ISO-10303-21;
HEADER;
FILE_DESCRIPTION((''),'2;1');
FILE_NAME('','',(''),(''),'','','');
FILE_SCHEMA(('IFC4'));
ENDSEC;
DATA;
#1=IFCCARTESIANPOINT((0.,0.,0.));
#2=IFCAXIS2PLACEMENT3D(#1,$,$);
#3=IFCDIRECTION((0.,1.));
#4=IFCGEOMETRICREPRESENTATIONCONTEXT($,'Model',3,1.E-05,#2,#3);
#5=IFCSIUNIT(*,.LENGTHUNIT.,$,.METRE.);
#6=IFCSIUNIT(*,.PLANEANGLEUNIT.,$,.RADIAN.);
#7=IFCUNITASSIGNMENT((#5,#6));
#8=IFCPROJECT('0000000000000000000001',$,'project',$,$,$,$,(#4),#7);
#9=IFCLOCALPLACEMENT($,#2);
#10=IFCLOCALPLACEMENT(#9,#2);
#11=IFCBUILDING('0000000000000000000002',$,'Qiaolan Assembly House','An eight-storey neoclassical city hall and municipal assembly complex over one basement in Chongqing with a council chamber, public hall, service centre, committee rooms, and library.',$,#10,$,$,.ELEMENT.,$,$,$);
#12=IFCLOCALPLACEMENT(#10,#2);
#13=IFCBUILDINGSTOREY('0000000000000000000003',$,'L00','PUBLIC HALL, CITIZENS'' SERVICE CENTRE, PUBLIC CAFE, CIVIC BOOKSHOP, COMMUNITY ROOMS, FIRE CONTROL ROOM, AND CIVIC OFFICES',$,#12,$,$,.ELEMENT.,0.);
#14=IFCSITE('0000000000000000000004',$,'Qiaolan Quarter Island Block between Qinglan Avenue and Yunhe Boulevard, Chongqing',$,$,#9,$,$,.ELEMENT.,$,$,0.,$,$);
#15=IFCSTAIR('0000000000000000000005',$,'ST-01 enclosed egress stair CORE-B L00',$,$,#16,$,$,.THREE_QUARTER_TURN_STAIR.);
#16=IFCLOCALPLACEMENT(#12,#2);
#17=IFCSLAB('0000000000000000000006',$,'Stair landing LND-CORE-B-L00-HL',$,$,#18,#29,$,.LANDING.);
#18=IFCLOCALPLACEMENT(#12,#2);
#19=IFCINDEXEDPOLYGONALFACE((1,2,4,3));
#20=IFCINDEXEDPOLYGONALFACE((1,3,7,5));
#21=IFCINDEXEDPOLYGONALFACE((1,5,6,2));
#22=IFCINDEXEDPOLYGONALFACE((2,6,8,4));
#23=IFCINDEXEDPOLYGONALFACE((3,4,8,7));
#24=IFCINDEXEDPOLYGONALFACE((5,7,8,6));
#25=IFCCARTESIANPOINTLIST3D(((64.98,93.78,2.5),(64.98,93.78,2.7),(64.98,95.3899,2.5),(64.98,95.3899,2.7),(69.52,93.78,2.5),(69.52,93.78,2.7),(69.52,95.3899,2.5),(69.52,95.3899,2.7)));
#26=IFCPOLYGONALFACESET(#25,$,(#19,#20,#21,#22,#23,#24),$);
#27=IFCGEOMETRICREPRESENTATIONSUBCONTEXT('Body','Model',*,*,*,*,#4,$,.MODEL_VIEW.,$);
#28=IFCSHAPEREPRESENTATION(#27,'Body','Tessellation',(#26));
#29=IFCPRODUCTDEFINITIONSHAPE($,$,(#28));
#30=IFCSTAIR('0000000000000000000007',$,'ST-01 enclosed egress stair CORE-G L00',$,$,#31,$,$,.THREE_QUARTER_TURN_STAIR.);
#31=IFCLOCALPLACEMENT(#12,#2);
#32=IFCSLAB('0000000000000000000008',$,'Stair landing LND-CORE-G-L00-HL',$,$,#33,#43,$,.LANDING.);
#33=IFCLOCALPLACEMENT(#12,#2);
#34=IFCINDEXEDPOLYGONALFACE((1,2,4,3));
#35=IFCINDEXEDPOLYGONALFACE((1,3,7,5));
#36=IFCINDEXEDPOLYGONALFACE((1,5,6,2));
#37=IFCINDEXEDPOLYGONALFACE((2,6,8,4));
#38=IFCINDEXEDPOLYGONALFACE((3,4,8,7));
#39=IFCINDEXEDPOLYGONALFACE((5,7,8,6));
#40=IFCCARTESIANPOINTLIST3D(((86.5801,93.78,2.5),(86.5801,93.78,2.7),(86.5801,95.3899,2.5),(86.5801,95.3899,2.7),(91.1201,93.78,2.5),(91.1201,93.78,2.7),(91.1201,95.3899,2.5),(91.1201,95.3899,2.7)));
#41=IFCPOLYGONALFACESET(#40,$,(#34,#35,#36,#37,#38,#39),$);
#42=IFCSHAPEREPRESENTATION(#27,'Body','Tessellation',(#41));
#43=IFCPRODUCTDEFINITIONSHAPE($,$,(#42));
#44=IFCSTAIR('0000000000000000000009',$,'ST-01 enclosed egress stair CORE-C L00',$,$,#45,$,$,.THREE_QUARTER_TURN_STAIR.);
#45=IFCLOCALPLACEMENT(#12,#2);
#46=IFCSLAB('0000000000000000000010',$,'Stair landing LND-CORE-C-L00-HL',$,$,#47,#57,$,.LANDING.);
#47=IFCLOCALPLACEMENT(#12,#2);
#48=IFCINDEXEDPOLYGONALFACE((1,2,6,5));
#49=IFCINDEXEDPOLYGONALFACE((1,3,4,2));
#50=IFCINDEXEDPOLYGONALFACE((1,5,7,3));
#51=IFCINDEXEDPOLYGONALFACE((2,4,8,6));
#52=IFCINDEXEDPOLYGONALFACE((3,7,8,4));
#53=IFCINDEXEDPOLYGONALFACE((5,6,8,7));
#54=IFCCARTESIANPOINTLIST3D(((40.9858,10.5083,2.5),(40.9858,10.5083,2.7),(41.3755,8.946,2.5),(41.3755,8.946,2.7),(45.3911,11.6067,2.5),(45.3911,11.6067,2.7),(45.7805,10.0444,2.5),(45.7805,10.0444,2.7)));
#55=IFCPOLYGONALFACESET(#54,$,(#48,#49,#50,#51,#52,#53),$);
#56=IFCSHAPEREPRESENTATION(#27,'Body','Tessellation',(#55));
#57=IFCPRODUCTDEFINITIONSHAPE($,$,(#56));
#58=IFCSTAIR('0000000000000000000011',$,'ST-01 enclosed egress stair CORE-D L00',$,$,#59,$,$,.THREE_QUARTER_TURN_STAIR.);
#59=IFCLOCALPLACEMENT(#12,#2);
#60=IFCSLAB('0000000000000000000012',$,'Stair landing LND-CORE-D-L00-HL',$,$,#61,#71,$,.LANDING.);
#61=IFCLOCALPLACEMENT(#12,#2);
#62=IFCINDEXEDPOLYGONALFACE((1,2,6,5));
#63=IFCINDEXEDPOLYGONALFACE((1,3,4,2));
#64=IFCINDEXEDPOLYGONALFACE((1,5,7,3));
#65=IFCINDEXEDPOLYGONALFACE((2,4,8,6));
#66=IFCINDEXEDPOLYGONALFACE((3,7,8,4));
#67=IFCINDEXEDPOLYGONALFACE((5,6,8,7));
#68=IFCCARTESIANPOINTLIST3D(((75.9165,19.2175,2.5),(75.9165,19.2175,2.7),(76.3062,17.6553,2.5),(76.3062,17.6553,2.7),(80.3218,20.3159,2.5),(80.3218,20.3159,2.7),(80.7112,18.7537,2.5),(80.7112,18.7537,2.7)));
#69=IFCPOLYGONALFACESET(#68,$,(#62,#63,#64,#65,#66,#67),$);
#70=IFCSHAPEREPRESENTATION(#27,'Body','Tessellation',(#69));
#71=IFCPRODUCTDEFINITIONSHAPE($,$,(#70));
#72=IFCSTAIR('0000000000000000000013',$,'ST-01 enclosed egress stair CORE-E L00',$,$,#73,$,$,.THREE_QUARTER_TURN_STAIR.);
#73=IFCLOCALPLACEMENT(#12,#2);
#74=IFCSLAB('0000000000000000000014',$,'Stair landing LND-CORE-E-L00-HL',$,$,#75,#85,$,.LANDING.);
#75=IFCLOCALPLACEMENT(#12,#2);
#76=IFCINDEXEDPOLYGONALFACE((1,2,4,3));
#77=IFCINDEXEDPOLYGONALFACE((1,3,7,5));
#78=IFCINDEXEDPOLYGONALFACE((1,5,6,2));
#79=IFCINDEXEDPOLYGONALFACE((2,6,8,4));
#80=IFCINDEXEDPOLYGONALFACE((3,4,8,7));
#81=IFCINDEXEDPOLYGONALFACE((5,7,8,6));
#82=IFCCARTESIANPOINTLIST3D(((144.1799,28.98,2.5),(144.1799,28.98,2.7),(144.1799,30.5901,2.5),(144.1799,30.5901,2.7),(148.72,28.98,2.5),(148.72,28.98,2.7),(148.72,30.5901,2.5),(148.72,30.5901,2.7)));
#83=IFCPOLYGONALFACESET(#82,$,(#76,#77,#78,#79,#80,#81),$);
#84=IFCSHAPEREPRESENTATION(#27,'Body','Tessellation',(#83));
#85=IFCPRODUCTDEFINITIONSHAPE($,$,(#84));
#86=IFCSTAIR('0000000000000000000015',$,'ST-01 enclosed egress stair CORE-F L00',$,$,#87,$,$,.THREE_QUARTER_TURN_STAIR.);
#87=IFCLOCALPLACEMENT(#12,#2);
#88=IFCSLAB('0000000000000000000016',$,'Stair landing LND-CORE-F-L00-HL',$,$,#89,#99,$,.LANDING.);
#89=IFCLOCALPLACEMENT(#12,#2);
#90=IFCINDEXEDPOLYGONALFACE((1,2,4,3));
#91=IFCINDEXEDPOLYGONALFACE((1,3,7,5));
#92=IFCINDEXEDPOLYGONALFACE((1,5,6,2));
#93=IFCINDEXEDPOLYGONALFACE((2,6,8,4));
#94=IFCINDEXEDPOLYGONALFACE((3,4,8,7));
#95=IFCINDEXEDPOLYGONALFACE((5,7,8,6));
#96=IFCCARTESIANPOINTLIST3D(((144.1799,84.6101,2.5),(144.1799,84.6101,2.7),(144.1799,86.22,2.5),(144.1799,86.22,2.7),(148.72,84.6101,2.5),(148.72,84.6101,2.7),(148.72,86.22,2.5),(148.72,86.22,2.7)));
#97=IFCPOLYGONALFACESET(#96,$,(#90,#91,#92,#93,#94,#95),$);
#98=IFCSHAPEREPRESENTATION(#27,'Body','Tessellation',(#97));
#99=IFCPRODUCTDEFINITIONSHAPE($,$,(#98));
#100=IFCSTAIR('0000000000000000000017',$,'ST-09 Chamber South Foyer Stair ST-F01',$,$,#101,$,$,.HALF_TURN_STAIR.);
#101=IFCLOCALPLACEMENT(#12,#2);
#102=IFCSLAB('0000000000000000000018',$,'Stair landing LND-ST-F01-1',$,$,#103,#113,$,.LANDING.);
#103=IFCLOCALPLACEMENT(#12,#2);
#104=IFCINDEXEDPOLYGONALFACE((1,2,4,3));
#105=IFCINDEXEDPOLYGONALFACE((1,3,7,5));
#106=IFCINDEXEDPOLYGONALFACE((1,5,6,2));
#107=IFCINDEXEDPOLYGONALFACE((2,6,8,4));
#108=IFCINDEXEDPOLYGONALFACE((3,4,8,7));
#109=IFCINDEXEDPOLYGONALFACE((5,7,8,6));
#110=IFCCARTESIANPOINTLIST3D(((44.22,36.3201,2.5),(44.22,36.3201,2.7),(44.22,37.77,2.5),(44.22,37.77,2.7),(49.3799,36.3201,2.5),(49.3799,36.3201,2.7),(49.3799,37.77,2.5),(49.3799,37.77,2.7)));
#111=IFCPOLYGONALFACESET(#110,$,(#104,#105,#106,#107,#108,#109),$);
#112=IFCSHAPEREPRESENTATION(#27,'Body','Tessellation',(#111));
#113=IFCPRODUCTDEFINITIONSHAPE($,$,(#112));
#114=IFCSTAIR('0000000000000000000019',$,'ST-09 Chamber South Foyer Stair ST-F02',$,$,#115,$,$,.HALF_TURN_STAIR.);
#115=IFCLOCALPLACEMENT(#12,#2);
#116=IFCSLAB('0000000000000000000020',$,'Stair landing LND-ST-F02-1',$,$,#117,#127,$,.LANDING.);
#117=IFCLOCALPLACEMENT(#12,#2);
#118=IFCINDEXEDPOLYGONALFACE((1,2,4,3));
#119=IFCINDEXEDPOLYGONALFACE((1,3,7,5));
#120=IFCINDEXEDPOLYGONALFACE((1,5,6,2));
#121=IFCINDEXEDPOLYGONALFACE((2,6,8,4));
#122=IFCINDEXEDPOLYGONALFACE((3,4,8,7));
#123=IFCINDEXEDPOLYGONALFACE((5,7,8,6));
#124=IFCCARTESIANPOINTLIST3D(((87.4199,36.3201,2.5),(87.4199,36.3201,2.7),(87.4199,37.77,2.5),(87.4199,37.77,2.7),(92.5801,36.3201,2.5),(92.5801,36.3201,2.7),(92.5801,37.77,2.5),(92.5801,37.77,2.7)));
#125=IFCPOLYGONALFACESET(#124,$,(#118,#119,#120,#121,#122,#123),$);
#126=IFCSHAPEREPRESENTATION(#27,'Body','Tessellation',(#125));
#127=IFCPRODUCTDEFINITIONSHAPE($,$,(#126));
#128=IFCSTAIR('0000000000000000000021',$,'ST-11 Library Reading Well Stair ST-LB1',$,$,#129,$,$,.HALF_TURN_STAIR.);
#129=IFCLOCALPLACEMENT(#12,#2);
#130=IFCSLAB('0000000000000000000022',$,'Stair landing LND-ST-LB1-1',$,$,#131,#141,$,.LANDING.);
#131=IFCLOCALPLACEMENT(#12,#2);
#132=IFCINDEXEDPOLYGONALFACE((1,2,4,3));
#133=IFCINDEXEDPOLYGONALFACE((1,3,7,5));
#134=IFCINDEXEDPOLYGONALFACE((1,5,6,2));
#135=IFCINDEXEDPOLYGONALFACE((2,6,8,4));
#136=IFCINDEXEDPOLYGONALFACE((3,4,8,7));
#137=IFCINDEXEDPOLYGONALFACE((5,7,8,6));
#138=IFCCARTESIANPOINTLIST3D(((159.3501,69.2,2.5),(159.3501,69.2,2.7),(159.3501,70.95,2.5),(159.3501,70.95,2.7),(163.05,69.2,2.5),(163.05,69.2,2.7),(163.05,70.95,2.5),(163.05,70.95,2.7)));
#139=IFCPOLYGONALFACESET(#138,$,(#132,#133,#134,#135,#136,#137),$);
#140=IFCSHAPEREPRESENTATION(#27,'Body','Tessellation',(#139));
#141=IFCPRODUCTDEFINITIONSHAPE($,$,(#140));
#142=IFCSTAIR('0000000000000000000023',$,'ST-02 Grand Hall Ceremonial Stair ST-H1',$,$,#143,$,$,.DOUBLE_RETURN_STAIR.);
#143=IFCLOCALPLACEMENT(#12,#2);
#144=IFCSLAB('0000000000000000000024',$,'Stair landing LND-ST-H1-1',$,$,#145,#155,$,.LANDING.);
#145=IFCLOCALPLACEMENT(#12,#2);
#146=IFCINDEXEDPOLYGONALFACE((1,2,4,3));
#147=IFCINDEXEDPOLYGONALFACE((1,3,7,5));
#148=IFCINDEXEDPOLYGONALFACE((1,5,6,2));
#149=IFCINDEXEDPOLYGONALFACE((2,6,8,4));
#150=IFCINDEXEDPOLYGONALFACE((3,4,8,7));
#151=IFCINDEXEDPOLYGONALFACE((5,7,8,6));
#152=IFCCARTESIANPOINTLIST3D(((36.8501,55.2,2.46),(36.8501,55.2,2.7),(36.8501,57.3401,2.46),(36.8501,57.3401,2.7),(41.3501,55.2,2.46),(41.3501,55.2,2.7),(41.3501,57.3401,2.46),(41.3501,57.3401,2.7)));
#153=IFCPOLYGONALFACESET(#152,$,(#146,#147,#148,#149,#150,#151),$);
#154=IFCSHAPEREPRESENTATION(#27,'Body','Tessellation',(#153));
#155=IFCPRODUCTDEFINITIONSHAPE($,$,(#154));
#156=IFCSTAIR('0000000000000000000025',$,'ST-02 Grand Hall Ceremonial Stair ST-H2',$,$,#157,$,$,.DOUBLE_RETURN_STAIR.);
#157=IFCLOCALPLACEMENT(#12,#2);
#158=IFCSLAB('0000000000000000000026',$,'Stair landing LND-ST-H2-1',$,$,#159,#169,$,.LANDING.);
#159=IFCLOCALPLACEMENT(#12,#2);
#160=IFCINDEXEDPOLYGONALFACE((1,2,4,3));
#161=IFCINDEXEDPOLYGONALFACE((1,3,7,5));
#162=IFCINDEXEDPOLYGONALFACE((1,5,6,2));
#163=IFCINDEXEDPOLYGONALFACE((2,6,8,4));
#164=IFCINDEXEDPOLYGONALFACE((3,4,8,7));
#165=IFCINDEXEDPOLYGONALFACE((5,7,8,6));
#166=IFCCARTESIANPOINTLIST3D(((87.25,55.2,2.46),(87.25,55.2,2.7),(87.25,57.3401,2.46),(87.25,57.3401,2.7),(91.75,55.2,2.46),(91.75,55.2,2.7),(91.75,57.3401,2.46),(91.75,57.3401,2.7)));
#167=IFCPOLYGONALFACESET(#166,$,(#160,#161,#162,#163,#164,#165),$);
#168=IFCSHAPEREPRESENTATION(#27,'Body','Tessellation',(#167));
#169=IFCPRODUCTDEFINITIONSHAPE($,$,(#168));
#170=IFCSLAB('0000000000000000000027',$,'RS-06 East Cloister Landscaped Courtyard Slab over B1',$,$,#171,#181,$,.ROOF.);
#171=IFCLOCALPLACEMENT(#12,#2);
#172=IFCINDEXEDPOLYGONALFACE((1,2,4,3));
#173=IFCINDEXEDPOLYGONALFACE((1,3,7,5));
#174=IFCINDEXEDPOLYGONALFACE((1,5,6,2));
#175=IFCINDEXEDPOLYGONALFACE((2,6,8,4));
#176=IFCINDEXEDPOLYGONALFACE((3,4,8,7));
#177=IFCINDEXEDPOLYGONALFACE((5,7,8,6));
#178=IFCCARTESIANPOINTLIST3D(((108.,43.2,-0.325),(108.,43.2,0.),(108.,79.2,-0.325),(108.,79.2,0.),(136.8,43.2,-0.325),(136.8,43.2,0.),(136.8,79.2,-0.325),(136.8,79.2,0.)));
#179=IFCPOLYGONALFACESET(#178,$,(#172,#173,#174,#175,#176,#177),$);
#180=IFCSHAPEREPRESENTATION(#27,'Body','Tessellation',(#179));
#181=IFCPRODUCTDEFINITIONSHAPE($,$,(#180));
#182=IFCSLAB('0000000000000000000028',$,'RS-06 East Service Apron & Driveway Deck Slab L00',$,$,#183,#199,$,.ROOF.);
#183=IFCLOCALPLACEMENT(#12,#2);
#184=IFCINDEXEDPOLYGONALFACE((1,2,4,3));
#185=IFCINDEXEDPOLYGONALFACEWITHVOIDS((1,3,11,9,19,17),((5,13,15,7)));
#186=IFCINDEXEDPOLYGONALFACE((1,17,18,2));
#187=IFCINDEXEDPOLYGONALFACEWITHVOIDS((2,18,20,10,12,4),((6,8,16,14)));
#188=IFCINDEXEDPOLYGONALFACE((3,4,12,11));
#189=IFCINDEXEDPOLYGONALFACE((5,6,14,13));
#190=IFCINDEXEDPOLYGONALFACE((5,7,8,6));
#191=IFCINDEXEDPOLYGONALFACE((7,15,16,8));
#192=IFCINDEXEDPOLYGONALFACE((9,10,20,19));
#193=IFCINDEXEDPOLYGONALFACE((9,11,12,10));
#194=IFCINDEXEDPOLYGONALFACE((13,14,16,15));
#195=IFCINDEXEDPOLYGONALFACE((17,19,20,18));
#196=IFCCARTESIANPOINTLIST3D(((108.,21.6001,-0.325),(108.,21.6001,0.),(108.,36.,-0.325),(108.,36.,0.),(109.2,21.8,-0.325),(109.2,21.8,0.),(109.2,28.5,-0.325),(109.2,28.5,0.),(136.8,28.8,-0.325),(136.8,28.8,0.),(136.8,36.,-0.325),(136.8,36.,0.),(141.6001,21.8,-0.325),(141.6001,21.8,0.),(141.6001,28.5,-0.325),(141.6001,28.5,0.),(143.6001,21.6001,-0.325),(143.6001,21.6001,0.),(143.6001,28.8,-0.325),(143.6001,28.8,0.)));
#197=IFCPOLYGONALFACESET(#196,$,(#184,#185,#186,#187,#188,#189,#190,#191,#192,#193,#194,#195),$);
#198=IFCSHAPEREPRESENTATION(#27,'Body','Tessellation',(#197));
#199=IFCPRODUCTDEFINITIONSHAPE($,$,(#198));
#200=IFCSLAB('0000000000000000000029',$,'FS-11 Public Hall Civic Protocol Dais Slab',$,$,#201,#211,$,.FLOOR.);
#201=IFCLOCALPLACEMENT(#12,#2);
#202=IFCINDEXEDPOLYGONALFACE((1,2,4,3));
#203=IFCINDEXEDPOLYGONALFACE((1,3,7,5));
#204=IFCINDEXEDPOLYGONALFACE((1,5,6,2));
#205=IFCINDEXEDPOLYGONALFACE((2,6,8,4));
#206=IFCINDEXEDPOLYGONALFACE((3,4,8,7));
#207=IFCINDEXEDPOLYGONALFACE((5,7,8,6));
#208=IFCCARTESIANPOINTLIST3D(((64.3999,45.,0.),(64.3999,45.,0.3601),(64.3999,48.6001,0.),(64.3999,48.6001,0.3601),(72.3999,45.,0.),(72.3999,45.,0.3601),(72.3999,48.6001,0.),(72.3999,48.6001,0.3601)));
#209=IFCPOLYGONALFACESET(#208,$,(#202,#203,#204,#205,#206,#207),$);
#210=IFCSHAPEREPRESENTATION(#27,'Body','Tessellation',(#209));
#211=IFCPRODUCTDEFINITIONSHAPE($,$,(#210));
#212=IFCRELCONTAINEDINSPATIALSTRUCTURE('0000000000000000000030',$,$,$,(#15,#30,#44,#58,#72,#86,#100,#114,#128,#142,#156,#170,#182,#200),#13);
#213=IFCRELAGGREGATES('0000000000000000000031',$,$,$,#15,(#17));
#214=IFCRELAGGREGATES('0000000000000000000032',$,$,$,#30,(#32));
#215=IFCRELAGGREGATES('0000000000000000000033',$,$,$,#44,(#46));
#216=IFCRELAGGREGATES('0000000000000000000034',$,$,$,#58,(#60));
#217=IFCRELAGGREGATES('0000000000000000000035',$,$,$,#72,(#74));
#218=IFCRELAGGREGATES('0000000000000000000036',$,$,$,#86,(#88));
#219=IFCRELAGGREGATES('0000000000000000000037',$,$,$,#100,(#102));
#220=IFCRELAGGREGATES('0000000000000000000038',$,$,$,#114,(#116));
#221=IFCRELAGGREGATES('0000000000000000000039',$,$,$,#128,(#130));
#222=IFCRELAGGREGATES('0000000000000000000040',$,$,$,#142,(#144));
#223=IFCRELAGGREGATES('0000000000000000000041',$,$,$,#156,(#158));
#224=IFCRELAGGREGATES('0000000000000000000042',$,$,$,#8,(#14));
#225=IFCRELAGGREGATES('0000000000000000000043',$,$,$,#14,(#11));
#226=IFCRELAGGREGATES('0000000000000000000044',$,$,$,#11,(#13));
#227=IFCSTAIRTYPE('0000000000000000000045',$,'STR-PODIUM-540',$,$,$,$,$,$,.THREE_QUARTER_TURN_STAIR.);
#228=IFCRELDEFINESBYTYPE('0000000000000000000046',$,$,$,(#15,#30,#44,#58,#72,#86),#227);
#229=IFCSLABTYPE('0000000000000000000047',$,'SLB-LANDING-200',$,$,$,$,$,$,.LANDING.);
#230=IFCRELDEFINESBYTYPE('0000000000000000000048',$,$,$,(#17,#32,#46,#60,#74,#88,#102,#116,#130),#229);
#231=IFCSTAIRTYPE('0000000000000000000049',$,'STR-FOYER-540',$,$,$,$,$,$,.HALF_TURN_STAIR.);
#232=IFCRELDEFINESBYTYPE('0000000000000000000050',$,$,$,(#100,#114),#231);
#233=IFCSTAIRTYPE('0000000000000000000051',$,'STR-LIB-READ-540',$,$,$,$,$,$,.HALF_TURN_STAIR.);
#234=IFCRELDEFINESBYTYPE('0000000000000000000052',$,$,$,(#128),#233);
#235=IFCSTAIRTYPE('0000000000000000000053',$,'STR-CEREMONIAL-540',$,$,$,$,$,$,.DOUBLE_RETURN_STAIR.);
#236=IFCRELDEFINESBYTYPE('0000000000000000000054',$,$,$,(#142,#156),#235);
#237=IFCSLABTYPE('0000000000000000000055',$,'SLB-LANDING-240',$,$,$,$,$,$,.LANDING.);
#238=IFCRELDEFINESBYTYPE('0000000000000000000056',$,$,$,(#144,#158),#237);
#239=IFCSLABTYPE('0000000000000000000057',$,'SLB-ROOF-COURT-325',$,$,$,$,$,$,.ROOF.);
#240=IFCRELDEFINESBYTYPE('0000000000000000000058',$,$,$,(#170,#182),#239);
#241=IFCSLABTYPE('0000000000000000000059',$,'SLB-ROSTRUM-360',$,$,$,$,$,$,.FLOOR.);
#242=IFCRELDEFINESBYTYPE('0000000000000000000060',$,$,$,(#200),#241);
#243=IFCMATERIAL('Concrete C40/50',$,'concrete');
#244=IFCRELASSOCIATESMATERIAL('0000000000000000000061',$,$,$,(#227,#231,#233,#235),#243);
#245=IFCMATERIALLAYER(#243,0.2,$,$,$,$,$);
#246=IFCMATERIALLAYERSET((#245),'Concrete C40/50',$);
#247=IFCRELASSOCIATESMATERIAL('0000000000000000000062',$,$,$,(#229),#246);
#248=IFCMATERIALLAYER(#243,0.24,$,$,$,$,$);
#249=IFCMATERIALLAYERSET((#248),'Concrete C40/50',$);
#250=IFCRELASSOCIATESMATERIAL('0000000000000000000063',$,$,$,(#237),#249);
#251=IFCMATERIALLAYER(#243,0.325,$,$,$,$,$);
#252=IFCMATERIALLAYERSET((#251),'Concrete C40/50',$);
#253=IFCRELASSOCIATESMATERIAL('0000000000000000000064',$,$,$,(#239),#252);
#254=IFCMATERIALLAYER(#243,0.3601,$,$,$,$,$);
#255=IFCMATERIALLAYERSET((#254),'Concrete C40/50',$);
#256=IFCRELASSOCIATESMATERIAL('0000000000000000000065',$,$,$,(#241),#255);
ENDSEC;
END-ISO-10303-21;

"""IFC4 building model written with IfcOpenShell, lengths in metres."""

from ifc_helpers import new_model, si_unit, direction, frame, origin, place, context, subcontext, project, spatial, polyline, outline, extrude, material, layer, layer_set, type_object, element, aggregate, save


model = new_model("IFC4")

# Units and contexts
model_context = context("Model", 3, precision=1e-05, world=origin(), true_north=direction((0.0, 1.0)))
body_context = subcontext(model_context, "Body", "Model", "MODEL_VIEW")
ifc_project = project(units=[si_unit("LENGTHUNIT", "METRE"), si_unit("PLANEANGLEUNIT", "RADIAN")], contexts=[model_context])

# Site, building, storey
site_placement = place(None, origin())
site = spatial("IfcSite", under=ifc_project, at=site_placement, Name="Qiaolan Quarter Island Block between Qinglan Avenue and Yunhe Boulevard, Chongqing", CompositionType="ELEMENT", RefElevation=0.0)
building_placement = place(site_placement, origin())
building = spatial("IfcBuilding", under=site, at=building_placement, Name="Qiaolan Assembly House", Description="An eight-storey neoclassical city hall and municipal assembly complex over one basement in Chongqing with a council chamber, public hall, service centre, committee rooms, and library.", CompositionType="ELEMENT")
storey_placement = place(building_placement, origin())
storey = spatial("IfcBuildingStorey", under=building, at=storey_placement, Name="L00", Description="PUBLIC HALL, CITIZENS' SERVICE CENTRE, PUBLIC CAFE, CIVIC BOOKSHOP, COMMUNITY ROOMS, FIRE CONTROL ROOM, AND CIVIC OFFICES", CompositionType="ELEMENT", Elevation=0.0)

# Shared definitions
ifc_material_1 = material(Name="Concrete C40/50", Category="concrete")

# Stairs, slabs
stair_type_1 = type_object("IfcStairType", Name="STR-PODIUM-540", PredefinedType="THREE_QUARTER_TURN_STAIR", material=ifc_material_1)
ifc_layer_1 = layer(ifc_material_1, 0.2)
ifc_layer_set_1 = layer_set([ifc_layer_1], Name="Concrete C40/50")
slab_type_1 = type_object("IfcSlabType", Name="SLB-LANDING-200", PredefinedType="LANDING", material=ifc_layer_set_1)
stair_1_placement = place(storey_placement, origin())
stair_1 = element("IfcStair", 1, at=stair_1_placement, inside=storey, type_object=stair_type_1, Name="ST-01 enclosed egress stair CORE-B L00", PredefinedType="THREE_QUARTER_TURN_STAIR")
slab_1_placement = place(storey_placement, frame((0.0, 0.0, 2.5)))
slab_1 = element("IfcSlab", 2, at=slab_1_placement, type_object=slab_type_1, Name="Stair landing LND-CORE-B-L00-HL", PredefinedType="LANDING", context=body_context, shape_type="SweptSolid", body=[
    extrude(outline(polyline([(64.98, 93.78), (64.98, 95.3899), (69.52, 95.3899), (69.52, 93.78), (64.98, 93.78)])), origin(), (0.0, 0.0, 1.0), 0.2),
])
aggregate(stair_1, [slab_1])
stair_2_placement = place(storey_placement, origin())
stair_2 = element("IfcStair", 3, at=stair_2_placement, inside=storey, type_object=stair_type_1, Name="ST-01 enclosed egress stair CORE-G L00", PredefinedType="THREE_QUARTER_TURN_STAIR")
slab_2_placement = place(storey_placement, frame((0.0, 0.0, 2.5)))
slab_2 = element("IfcSlab", 4, at=slab_2_placement, type_object=slab_type_1, Name="Stair landing LND-CORE-G-L00-HL", PredefinedType="LANDING", context=body_context, shape_type="SweptSolid", body=[
    extrude(outline(polyline([(86.5801, 93.78), (86.5801, 95.3899), (91.1201, 95.3899), (91.1201, 93.78), (86.5801, 93.78)])), origin(), (0.0, 0.0, 1.0), 0.2),
])
aggregate(stair_2, [slab_2])
stair_3_placement = place(storey_placement, origin())
stair_3 = element("IfcStair", 5, at=stair_3_placement, inside=storey, type_object=stair_type_1, Name="ST-01 enclosed egress stair CORE-C L00", PredefinedType="THREE_QUARTER_TURN_STAIR")
slab_3_placement = place(storey_placement, frame((0.0, 0.0, 2.5)))
slab_3 = element("IfcSlab", 6, at=slab_3_placement, type_object=slab_type_1, Name="Stair landing LND-CORE-C-L00-HL", PredefinedType="LANDING", context=body_context, shape_type="SweptSolid", body=[
    extrude(outline(polyline([(41.3755, 8.946), (40.9858, 10.5083), (45.3911, 11.6067), (45.7805, 10.0444), (41.3755, 8.946)])), origin(), (0.0, 0.0, 1.0), 0.2),
])
aggregate(stair_3, [slab_3])
stair_4_placement = place(storey_placement, origin())
stair_4 = element("IfcStair", 7, at=stair_4_placement, inside=storey, type_object=stair_type_1, Name="ST-01 enclosed egress stair CORE-D L00", PredefinedType="THREE_QUARTER_TURN_STAIR")
slab_4_placement = place(storey_placement, frame((0.0, 0.0, 2.5)))
slab_4 = element("IfcSlab", 8, at=slab_4_placement, type_object=slab_type_1, Name="Stair landing LND-CORE-D-L00-HL", PredefinedType="LANDING", context=body_context, shape_type="SweptSolid", body=[
    extrude(outline(polyline([(76.3062, 17.6553), (75.9165, 19.2175), (80.3218, 20.3159), (80.7112, 18.7537), (76.3062, 17.6553)])), origin(), (0.0, 0.0, 1.0), 0.2),
])
aggregate(stair_4, [slab_4])
stair_5_placement = place(storey_placement, origin())
stair_5 = element("IfcStair", 9, at=stair_5_placement, inside=storey, type_object=stair_type_1, Name="ST-01 enclosed egress stair CORE-E L00", PredefinedType="THREE_QUARTER_TURN_STAIR")
slab_5_placement = place(storey_placement, frame((0.0, 0.0, 2.5)))
slab_5 = element("IfcSlab", 10, at=slab_5_placement, type_object=slab_type_1, Name="Stair landing LND-CORE-E-L00-HL", PredefinedType="LANDING", context=body_context, shape_type="SweptSolid", body=[
    extrude(outline(polyline([(144.1799, 28.98), (144.1799, 30.5901), (148.72, 30.5901), (148.72, 28.98), (144.1799, 28.98)])), origin(), (0.0, 0.0, 1.0), 0.2),
])
aggregate(stair_5, [slab_5])
stair_6_placement = place(storey_placement, origin())
stair_6 = element("IfcStair", 11, at=stair_6_placement, inside=storey, type_object=stair_type_1, Name="ST-01 enclosed egress stair CORE-F L00", PredefinedType="THREE_QUARTER_TURN_STAIR")
slab_6_placement = place(storey_placement, frame((0.0, 0.0, 2.5)))
slab_6 = element("IfcSlab", 12, at=slab_6_placement, type_object=slab_type_1, Name="Stair landing LND-CORE-F-L00-HL", PredefinedType="LANDING", context=body_context, shape_type="SweptSolid", body=[
    extrude(outline(polyline([(144.1799, 84.6101), (144.1799, 86.22), (148.72, 86.22), (148.72, 84.6101), (144.1799, 84.6101)])), origin(), (0.0, 0.0, 1.0), 0.2),
])
aggregate(stair_6, [slab_6])
stair_type_2 = type_object("IfcStairType", Name="STR-FOYER-540", PredefinedType="HALF_TURN_STAIR", material=ifc_material_1)
stair_7_placement = place(storey_placement, origin())
stair_7 = element("IfcStair", 13, at=stair_7_placement, inside=storey, type_object=stair_type_2, Name="ST-09 Chamber South Foyer Stair ST-F01", PredefinedType="HALF_TURN_STAIR")
slab_7_placement = place(storey_placement, frame((0.0, 0.0, 2.5)))
slab_7 = element("IfcSlab", 14, at=slab_7_placement, type_object=slab_type_1, Name="Stair landing LND-ST-F01-1", PredefinedType="LANDING", context=body_context, shape_type="SweptSolid", body=[
    extrude(outline(polyline([(44.22, 36.3201), (44.22, 37.77), (49.3799, 37.77), (49.3799, 36.3201), (44.22, 36.3201)])), origin(), (0.0, 0.0, 1.0), 0.2),
])
aggregate(stair_7, [slab_7])
stair_8_placement = place(storey_placement, origin())
stair_8 = element("IfcStair", 15, at=stair_8_placement, inside=storey, type_object=stair_type_2, Name="ST-09 Chamber South Foyer Stair ST-F02", PredefinedType="HALF_TURN_STAIR")
slab_8_placement = place(storey_placement, frame((0.0, 0.0, 2.5)))
slab_8 = element("IfcSlab", 16, at=slab_8_placement, type_object=slab_type_1, Name="Stair landing LND-ST-F02-1", PredefinedType="LANDING", context=body_context, shape_type="SweptSolid", body=[
    extrude(outline(polyline([(87.4199, 36.3201), (87.4199, 37.77), (92.5801, 37.77), (92.5801, 36.3201), (87.4199, 36.3201)])), origin(), (0.0, 0.0, 1.0), 0.2),
])
aggregate(stair_8, [slab_8])
stair_type_3 = type_object("IfcStairType", Name="STR-LIB-READ-540", PredefinedType="HALF_TURN_STAIR", material=ifc_material_1)
stair_9_placement = place(storey_placement, origin())
stair_9 = element("IfcStair", 17, at=stair_9_placement, inside=storey, type_object=stair_type_3, Name="ST-11 Library Reading Well Stair ST-LB1", PredefinedType="HALF_TURN_STAIR")
slab_9_placement = place(storey_placement, frame((0.0, 0.0, 2.5)))
slab_9 = element("IfcSlab", 18, at=slab_9_placement, type_object=slab_type_1, Name="Stair landing LND-ST-LB1-1", PredefinedType="LANDING", context=body_context, shape_type="SweptSolid", body=[
    extrude(outline(polyline([(159.3501, 69.2), (159.3501, 70.95), (163.05, 70.95), (163.05, 69.2), (159.3501, 69.2)])), origin(), (0.0, 0.0, 1.0), 0.2),
])
aggregate(stair_9, [slab_9])
stair_type_4 = type_object("IfcStairType", Name="STR-CEREMONIAL-540", PredefinedType="DOUBLE_RETURN_STAIR", material=ifc_material_1)
stair_10_placement = place(storey_placement, origin())
stair_10 = element("IfcStair", 19, at=stair_10_placement, inside=storey, type_object=stair_type_4, Name="ST-02 Grand Hall Ceremonial Stair ST-H1", PredefinedType="DOUBLE_RETURN_STAIR")
ifc_layer_2 = layer(ifc_material_1, 0.24)
ifc_layer_set_2 = layer_set([ifc_layer_2], Name="Concrete C40/50")
slab_type_2 = type_object("IfcSlabType", Name="SLB-LANDING-240", PredefinedType="LANDING", material=ifc_layer_set_2)
slab_10_placement = place(storey_placement, frame((0.0, 0.0, 2.46)))
slab_10 = element("IfcSlab", 20, at=slab_10_placement, type_object=slab_type_2, Name="Stair landing LND-ST-H1-1", PredefinedType="LANDING", context=body_context, shape_type="SweptSolid", body=[
    extrude(outline(polyline([(36.8501, 55.2), (36.8501, 57.3401), (41.3501, 57.3401), (41.3501, 55.2), (36.8501, 55.2)])), origin(), (0.0, 0.0, 1.0), 0.24),
])
aggregate(stair_10, [slab_10])
stair_11_placement = place(storey_placement, origin())
stair_11 = element("IfcStair", 21, at=stair_11_placement, inside=storey, type_object=stair_type_4, Name="ST-02 Grand Hall Ceremonial Stair ST-H2", PredefinedType="DOUBLE_RETURN_STAIR")
slab_11_placement = place(storey_placement, frame((0.0, 0.0, 2.46)))
slab_11 = element("IfcSlab", 22, at=slab_11_placement, type_object=slab_type_2, Name="Stair landing LND-ST-H2-1", PredefinedType="LANDING", context=body_context, shape_type="SweptSolid", body=[
    extrude(outline(polyline([(87.25, 55.2), (87.25, 57.3401), (91.75, 57.3401), (91.75, 55.2), (87.25, 55.2)])), origin(), (0.0, 0.0, 1.0), 0.24),
])
aggregate(stair_11, [slab_11])

# Slabs
ifc_layer_3 = layer(ifc_material_1, 0.325)
ifc_layer_set_3 = layer_set([ifc_layer_3], Name="Concrete C40/50")
slab_type_3 = type_object("IfcSlabType", Name="SLB-ROOF-COURT-325", PredefinedType="ROOF", material=ifc_layer_set_3)
slab_12_placement = place(storey_placement, frame((0.0, 0.0, -0.325)))
element("IfcSlab", 23, at=slab_12_placement, inside=storey, type_object=slab_type_3, Name="RS-06 East Cloister Landscaped Courtyard Slab over B1", PredefinedType="ROOF", context=body_context, shape_type="SweptSolid", body=[
    extrude(outline(polyline([(108.0, 43.2), (136.8, 43.2), (136.8, 79.2), (108.0, 79.2), (108.0, 43.2)])), origin(), (0.0, 0.0, 1.0), 0.325),
])
slab_13_placement = place(storey_placement, frame((0.0, 0.0, -0.325)))
element("IfcSlab", 24, at=slab_13_placement, inside=storey, type_object=slab_type_3, Name="RS-06 East Service Apron & Driveway Deck Slab L00", PredefinedType="ROOF", context=body_context, shape_type="SweptSolid", body=[
    extrude(outline(polyline([(108.0, 21.6001), (143.6001, 21.6001), (143.6001, 28.8), (136.8, 28.8), (136.8, 36.0), (108.0, 36.0), (108.0, 21.6001)]), holes=[polyline([(109.2, 21.8), (109.2, 28.5), (141.6001, 28.5), (141.6001, 21.8), (109.2, 21.8)])]), origin(), (0.0, 0.0, 1.0), 0.325),
])
ifc_layer_4 = layer(ifc_material_1, 0.3601)
ifc_layer_set_4 = layer_set([ifc_layer_4], Name="Concrete C40/50")
slab_type_4 = type_object("IfcSlabType", Name="SLB-ROSTRUM-360", PredefinedType="FLOOR", material=ifc_layer_set_4)
slab_14_placement = place(storey_placement, origin())
element("IfcSlab", 25, at=slab_14_placement, inside=storey, type_object=slab_type_4, Name="FS-11 Public Hall Civic Protocol Dais Slab", PredefinedType="FLOOR", context=body_context, shape_type="SweptSolid", body=[
    extrude(outline(polyline([(64.3999, 45.0), (72.3999, 45.0), (72.3999, 48.6001), (64.3999, 48.6001), (64.3999, 45.0)])), origin(), (0.0, 0.0, 1.0), 0.3601),
])

save(model, "model.ifc")
